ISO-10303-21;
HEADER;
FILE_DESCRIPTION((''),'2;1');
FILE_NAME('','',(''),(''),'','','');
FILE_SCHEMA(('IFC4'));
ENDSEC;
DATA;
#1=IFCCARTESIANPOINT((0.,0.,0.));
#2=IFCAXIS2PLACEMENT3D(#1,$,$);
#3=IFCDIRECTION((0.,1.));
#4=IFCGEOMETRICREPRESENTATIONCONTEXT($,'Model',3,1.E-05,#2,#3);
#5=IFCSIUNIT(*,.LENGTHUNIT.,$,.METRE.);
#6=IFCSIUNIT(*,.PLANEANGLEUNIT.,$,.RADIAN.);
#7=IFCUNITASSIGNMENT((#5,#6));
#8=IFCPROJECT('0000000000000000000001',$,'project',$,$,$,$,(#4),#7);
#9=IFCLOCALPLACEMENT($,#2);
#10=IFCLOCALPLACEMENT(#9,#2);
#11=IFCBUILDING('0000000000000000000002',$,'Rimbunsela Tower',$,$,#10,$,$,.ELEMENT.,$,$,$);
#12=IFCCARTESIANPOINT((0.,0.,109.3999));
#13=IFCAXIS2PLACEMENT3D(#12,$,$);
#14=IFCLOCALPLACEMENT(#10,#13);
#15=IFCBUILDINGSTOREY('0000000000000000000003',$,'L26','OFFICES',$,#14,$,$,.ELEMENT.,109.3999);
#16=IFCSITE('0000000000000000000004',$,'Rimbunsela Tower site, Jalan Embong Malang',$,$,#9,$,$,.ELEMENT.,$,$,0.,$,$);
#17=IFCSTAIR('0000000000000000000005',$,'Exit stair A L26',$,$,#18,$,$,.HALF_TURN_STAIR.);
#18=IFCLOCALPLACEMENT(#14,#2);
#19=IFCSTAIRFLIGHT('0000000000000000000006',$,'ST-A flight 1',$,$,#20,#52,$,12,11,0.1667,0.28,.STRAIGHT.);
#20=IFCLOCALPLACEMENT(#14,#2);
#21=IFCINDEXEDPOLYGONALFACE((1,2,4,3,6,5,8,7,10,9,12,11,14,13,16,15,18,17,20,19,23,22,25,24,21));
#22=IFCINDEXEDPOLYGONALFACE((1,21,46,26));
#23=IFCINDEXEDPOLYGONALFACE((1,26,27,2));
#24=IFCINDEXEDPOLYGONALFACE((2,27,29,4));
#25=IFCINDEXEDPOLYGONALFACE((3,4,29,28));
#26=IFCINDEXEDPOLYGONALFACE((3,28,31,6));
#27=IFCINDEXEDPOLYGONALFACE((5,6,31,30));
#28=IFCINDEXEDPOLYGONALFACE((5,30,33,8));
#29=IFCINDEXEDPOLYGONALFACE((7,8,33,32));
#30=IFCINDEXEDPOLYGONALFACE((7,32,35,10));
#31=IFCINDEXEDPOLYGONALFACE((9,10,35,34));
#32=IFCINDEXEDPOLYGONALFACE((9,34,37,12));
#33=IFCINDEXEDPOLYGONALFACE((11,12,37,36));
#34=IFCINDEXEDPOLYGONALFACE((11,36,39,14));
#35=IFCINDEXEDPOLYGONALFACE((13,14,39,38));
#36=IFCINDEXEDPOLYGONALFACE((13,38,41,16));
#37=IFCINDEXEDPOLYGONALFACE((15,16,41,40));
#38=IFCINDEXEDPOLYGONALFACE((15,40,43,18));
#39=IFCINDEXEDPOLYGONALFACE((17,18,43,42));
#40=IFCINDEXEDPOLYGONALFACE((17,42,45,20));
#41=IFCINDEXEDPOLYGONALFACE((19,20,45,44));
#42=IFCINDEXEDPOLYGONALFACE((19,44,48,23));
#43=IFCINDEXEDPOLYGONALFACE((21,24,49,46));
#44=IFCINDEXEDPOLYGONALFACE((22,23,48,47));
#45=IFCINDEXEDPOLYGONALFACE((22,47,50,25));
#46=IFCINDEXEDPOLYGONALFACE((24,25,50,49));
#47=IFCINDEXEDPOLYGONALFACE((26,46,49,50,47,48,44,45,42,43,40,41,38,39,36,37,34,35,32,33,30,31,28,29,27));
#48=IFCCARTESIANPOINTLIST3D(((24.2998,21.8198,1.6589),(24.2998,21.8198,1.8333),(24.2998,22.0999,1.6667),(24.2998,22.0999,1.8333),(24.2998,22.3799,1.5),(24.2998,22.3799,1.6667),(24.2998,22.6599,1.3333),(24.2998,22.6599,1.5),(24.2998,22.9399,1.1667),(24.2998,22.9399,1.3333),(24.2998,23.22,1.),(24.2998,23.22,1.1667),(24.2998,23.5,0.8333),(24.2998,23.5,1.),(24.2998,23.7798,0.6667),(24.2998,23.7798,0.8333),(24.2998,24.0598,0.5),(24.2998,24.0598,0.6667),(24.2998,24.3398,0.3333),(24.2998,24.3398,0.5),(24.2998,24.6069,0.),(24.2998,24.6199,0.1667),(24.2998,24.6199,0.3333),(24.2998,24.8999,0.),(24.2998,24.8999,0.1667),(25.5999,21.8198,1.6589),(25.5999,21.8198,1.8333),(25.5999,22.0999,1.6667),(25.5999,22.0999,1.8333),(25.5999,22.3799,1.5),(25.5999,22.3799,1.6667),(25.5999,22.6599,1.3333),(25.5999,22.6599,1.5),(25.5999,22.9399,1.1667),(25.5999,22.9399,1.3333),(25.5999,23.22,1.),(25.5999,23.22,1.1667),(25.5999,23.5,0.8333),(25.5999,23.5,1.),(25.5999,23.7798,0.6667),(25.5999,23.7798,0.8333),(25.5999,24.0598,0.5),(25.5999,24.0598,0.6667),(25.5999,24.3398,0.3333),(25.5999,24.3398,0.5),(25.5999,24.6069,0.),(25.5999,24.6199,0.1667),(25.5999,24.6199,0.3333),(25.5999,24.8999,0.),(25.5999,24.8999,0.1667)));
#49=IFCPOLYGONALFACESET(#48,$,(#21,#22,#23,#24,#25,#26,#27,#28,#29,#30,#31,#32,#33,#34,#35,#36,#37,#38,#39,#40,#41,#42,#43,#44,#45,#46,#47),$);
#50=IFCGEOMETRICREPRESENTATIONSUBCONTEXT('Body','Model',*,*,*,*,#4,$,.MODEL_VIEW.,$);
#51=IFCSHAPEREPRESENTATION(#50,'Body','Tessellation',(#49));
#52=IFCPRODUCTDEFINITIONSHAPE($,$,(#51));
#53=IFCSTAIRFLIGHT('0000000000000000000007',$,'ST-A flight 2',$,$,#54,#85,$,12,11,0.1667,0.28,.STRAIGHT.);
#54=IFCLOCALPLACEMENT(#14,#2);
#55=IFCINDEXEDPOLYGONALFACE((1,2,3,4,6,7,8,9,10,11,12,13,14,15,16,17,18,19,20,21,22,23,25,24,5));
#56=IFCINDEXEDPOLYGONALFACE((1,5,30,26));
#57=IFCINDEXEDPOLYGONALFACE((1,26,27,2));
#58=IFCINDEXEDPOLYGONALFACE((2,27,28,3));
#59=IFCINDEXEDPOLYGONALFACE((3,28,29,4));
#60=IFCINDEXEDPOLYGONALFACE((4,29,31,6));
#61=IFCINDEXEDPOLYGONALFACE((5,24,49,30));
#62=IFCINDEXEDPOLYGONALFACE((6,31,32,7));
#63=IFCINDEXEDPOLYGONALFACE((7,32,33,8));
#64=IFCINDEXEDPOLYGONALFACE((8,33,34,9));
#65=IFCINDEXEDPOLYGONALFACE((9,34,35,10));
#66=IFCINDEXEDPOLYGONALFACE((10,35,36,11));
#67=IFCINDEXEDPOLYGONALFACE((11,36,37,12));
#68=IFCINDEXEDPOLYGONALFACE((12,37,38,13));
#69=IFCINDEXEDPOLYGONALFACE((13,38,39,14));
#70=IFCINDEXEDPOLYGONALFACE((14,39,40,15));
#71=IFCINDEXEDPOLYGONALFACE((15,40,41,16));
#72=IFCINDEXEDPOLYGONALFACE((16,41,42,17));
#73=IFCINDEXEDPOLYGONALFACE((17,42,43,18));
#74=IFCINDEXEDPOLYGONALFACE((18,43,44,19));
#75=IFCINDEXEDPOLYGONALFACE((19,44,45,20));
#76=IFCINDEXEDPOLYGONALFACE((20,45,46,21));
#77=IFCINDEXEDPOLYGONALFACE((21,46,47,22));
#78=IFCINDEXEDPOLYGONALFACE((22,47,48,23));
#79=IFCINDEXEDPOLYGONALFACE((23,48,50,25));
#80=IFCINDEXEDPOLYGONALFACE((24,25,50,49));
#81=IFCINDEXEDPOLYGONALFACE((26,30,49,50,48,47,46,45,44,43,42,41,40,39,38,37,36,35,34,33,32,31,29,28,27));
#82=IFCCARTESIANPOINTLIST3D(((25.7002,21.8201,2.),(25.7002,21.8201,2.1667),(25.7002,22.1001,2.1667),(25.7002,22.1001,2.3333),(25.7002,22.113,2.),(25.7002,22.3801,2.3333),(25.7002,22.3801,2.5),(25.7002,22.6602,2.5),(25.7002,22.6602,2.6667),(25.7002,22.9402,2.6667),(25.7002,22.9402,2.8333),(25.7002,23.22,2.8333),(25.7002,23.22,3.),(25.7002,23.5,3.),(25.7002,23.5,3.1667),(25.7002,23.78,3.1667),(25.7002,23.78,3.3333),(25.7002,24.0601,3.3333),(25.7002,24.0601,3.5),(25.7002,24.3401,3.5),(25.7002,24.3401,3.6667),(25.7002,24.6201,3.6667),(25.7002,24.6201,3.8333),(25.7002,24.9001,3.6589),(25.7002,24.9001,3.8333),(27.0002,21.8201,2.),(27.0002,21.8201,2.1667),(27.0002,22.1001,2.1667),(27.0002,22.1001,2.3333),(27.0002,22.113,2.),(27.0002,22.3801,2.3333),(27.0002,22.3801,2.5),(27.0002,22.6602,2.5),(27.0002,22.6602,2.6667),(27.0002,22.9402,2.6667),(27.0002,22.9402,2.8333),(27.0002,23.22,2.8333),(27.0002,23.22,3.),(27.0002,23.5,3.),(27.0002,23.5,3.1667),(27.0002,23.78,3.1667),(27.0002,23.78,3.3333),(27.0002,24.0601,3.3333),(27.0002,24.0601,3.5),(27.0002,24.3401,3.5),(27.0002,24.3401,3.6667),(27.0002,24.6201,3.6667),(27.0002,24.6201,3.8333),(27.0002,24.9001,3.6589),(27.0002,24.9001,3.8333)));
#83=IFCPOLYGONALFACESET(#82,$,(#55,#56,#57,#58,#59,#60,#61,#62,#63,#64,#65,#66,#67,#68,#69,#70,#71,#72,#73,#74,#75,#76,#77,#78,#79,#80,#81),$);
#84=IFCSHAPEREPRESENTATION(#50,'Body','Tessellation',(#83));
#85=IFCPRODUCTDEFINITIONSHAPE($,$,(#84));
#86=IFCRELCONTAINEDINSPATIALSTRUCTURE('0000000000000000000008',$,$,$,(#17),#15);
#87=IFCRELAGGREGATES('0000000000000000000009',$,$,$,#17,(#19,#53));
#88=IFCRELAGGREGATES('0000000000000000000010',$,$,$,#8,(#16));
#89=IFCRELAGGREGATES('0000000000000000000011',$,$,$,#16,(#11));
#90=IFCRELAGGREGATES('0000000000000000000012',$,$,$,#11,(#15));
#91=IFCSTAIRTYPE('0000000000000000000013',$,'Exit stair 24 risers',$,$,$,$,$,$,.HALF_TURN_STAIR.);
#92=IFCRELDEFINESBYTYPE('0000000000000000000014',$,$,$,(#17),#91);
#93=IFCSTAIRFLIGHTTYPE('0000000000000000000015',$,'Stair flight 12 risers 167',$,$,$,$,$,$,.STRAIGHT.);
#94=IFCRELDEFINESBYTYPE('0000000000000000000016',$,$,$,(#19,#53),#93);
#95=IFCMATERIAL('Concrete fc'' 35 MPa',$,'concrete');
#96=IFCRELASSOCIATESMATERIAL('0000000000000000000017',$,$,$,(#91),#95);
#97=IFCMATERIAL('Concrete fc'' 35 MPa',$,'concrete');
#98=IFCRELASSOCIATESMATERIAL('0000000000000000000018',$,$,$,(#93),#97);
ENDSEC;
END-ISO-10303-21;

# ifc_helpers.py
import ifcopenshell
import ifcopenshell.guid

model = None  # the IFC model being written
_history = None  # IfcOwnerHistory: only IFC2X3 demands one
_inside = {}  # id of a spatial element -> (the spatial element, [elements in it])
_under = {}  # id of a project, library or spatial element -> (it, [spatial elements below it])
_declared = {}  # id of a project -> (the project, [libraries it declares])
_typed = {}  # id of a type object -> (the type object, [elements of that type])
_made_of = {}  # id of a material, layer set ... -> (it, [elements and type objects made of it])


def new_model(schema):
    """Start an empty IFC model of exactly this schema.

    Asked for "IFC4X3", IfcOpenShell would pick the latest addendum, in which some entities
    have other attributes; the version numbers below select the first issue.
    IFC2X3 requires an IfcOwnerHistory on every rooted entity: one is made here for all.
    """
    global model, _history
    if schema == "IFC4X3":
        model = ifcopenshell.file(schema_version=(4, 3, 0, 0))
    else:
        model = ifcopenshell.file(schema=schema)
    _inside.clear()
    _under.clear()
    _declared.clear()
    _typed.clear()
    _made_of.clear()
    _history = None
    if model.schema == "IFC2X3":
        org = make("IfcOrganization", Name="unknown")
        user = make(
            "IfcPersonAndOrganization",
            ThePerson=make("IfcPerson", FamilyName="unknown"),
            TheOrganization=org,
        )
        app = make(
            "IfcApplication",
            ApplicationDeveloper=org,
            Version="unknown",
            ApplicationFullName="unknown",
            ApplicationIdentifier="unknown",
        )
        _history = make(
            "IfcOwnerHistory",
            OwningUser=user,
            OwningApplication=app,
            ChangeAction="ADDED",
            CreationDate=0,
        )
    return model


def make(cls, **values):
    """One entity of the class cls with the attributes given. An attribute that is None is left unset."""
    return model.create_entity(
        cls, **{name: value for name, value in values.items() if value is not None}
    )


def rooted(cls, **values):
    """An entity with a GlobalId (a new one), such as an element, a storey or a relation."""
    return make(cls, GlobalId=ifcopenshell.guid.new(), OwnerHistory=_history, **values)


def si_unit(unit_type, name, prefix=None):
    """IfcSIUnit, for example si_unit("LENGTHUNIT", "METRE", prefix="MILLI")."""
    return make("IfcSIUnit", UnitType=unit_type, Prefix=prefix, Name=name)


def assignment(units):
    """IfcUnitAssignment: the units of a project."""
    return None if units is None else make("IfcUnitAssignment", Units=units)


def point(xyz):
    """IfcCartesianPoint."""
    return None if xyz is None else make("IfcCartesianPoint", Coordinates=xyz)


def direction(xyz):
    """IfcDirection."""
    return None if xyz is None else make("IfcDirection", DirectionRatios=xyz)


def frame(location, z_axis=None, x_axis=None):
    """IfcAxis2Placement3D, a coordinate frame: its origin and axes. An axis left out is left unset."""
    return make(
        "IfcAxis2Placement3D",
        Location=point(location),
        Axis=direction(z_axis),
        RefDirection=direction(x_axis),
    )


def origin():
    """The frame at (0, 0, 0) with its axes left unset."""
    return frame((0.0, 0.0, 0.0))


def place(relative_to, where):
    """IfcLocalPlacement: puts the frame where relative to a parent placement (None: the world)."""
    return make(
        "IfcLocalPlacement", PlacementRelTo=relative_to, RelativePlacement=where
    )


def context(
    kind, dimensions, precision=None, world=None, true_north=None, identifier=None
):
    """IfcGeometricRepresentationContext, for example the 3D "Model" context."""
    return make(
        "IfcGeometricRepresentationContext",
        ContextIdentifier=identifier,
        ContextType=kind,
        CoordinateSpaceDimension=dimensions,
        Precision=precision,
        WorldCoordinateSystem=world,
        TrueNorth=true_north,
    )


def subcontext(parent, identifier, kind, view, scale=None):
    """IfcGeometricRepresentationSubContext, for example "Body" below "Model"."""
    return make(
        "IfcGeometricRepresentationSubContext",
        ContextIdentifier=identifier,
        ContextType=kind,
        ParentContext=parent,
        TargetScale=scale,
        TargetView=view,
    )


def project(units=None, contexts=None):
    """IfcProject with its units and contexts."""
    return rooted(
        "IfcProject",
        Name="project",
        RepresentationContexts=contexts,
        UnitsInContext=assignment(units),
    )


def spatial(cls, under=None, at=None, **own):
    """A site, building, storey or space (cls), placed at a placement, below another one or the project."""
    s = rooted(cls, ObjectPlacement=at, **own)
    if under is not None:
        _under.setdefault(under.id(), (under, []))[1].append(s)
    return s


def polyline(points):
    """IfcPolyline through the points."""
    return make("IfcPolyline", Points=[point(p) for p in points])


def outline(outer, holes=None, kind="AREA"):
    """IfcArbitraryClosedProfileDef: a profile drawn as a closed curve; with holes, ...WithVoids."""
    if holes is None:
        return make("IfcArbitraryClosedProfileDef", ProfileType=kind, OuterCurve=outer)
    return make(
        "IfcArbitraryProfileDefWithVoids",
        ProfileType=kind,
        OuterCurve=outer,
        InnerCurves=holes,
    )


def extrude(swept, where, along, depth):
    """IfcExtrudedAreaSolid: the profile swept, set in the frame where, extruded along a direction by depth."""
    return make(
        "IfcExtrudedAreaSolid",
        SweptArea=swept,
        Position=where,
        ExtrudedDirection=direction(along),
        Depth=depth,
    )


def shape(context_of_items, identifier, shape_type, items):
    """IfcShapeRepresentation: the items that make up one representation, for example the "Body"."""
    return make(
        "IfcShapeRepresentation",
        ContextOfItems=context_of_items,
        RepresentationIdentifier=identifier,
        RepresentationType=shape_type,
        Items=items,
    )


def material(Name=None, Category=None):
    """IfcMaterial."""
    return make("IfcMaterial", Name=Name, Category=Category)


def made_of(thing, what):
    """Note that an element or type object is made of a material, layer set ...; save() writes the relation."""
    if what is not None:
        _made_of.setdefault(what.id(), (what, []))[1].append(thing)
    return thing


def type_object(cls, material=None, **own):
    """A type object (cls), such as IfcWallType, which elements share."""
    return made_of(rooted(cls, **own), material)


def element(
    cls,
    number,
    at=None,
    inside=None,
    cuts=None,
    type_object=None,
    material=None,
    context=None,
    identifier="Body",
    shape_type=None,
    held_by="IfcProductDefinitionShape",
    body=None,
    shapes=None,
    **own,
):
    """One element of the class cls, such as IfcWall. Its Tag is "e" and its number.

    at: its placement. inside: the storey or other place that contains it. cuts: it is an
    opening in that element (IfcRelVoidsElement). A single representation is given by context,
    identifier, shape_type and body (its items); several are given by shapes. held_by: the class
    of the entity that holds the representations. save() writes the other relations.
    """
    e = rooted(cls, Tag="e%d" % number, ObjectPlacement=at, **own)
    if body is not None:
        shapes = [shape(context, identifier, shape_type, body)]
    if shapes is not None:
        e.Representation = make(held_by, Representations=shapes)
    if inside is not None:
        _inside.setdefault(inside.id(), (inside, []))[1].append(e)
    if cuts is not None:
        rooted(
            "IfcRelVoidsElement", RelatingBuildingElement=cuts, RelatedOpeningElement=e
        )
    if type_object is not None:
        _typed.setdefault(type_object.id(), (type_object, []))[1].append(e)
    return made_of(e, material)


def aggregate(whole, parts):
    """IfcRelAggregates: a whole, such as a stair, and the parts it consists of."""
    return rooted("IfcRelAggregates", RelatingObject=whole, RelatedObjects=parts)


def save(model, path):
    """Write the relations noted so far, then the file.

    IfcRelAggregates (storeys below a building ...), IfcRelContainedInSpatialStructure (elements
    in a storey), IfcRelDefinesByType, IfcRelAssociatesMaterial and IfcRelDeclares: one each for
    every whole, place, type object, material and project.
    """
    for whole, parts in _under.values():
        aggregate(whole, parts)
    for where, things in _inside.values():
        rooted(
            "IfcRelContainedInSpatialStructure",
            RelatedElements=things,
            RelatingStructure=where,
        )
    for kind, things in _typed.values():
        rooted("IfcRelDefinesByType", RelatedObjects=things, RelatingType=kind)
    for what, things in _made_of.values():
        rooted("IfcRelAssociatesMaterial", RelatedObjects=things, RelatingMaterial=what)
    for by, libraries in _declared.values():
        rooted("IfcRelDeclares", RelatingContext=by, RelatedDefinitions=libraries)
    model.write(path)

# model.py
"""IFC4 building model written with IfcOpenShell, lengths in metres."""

from ifc_helpers import new_model, si_unit, direction, frame, origin, place, context, subcontext, project, spatial, polyline, outline, extrude, material, type_object, element, aggregate, save


model = new_model("IFC4")

# Units and contexts
model_context = context("Model", 3, precision=1e-05, world=origin(), true_north=direction((0.0, 1.0)))
body_context = subcontext(model_context, "Body", "Model", "MODEL_VIEW")
ifc_project = project(units=[si_unit("LENGTHUNIT", "METRE"), si_unit("PLANEANGLEUNIT", "RADIAN")], contexts=[model_context])

# Site, building, storey
site_placement = place(None, origin())
site = spatial("IfcSite", under=ifc_project, at=site_placement, Name="Rimbunsela Tower site, Jalan Embong Malang", CompositionType="ELEMENT", RefElevation=0.0)
building_placement = place(site_placement, origin())
building = spatial("IfcBuilding", under=site, at=building_placement, Name="Rimbunsela Tower", CompositionType="ELEMENT")
storey_placement = place(building_placement, frame((0.0, 0.0, 109.3999)))
storey = spatial("IfcBuildingStorey", under=building, at=storey_placement, Name="L26", Description="OFFICES", CompositionType="ELEMENT", Elevation=109.3999)

# Stair, stair flights
ifc_material_1 = material(Name="Concrete fc' 35 MPa", Category="concrete")
stair_type = type_object("IfcStairType", Name="Exit stair 24 risers", PredefinedType="HALF_TURN_STAIR", material=ifc_material_1)
stair_placement = place(storey_placement, origin())
stair = element("IfcStair", 1, at=stair_placement, inside=storey, type_object=stair_type, Name="Exit stair A L26", PredefinedType="HALF_TURN_STAIR")
ifc_material_2 = material(Name="Concrete fc' 35 MPa", Category="concrete")
stair_flight_type = type_object("IfcStairFlightType", Name="Stair flight 12 risers 167", PredefinedType="STRAIGHT", material=ifc_material_2)
stair_flight_1_placement = place(storey_placement, frame((24.95, 24.8999, 0.0), z_axis=(0.0, 0.0, 1.0), x_axis=(0.0, -1.0, 0.0)))
stair_flight_1 = element("IfcStairFlight", 2, at=stair_flight_1_placement, type_object=stair_flight_type, Name="ST-A flight 1", NumberOfRisers=12, NumberOfTreads=11, PredefinedType="STRAIGHT", RiserHeight=0.1667, TreadLength=0.28, context=body_context, shape_type="SweptSolid", body=[
    extrude(outline(polyline([(0.0, 0.0), (0.0, 0.1667), (0.28, 0.1667), (0.28, 0.3333), (0.5601, 0.3333), (0.5601, 0.5), (0.8401, 0.5), (0.8401, 0.6667), (1.1201, 0.6667), (1.1201, 0.8333), (1.3999, 0.8333), (1.3999, 1.0), (1.6799, 1.0), (1.6799, 1.1667), (1.96, 1.1667), (1.96, 1.3333), (2.24, 1.3333), (2.24, 1.5), (2.52, 1.5), (2.52, 1.6667), (2.8, 1.6667), (2.8, 1.8333), (3.0801, 1.8333), (3.0801, 2.0), (3.0801, 1.6589), (0.293, 0.0), (0.0, 0.0)])), frame((0.0, 0.6499, 0.0), z_axis=(0.0, -1.0, 0.0), x_axis=(1.0, 0.0, 0.0)), (0.0, 0.0, 1.0), 1.3),
])
stair_flight_2_placement = place(storey_placement, frame((26.3501, 21.8201, 2.0), z_axis=(0.0, 0.0, 1.0), x_axis=(0.0, 1.0, 0.0)))
stair_flight_2 = element("IfcStairFlight", 3, at=stair_flight_2_placement, type_object=stair_flight_type, Name="ST-A flight 2", NumberOfRisers=12, NumberOfTreads=11, PredefinedType="STRAIGHT", RiserHeight=0.1667, TreadLength=0.28, context=body_context, shape_type="SweptSolid", body=[
    extrude(outline(polyline([(0.0, 0.0), (0.0, 0.1667), (0.28, 0.1667), (0.28, 0.3333), (0.5601, 0.3333), (0.5601, 0.5), (0.8401, 0.5), (0.8401, 0.6667), (1.1201, 0.6667), (1.1201, 0.8333), (1.3999, 0.8333), (1.3999, 1.0), (1.6799, 1.0), (1.6799, 1.1667), (1.96, 1.1667), (1.96, 1.3333), (2.24, 1.3333), (2.24, 1.5), (2.52, 1.5), (2.52, 1.6667), (2.8, 1.6667), (2.8, 1.8333), (3.0801, 1.8333), (3.0801, 2.0), (3.0801, 1.6589), (0.293, 0.0), (0.0, 0.0)])), frame((0.0, 0.6499, 0.0), z_axis=(0.0, -1.0, 0.0), x_axis=(1.0, 0.0, 0.0)), (0.0, 0.0, 1.0), 1.3),
])
aggregate(stair, [stair_flight_1, stair_flight_2])

save(model, "model.ifc")
